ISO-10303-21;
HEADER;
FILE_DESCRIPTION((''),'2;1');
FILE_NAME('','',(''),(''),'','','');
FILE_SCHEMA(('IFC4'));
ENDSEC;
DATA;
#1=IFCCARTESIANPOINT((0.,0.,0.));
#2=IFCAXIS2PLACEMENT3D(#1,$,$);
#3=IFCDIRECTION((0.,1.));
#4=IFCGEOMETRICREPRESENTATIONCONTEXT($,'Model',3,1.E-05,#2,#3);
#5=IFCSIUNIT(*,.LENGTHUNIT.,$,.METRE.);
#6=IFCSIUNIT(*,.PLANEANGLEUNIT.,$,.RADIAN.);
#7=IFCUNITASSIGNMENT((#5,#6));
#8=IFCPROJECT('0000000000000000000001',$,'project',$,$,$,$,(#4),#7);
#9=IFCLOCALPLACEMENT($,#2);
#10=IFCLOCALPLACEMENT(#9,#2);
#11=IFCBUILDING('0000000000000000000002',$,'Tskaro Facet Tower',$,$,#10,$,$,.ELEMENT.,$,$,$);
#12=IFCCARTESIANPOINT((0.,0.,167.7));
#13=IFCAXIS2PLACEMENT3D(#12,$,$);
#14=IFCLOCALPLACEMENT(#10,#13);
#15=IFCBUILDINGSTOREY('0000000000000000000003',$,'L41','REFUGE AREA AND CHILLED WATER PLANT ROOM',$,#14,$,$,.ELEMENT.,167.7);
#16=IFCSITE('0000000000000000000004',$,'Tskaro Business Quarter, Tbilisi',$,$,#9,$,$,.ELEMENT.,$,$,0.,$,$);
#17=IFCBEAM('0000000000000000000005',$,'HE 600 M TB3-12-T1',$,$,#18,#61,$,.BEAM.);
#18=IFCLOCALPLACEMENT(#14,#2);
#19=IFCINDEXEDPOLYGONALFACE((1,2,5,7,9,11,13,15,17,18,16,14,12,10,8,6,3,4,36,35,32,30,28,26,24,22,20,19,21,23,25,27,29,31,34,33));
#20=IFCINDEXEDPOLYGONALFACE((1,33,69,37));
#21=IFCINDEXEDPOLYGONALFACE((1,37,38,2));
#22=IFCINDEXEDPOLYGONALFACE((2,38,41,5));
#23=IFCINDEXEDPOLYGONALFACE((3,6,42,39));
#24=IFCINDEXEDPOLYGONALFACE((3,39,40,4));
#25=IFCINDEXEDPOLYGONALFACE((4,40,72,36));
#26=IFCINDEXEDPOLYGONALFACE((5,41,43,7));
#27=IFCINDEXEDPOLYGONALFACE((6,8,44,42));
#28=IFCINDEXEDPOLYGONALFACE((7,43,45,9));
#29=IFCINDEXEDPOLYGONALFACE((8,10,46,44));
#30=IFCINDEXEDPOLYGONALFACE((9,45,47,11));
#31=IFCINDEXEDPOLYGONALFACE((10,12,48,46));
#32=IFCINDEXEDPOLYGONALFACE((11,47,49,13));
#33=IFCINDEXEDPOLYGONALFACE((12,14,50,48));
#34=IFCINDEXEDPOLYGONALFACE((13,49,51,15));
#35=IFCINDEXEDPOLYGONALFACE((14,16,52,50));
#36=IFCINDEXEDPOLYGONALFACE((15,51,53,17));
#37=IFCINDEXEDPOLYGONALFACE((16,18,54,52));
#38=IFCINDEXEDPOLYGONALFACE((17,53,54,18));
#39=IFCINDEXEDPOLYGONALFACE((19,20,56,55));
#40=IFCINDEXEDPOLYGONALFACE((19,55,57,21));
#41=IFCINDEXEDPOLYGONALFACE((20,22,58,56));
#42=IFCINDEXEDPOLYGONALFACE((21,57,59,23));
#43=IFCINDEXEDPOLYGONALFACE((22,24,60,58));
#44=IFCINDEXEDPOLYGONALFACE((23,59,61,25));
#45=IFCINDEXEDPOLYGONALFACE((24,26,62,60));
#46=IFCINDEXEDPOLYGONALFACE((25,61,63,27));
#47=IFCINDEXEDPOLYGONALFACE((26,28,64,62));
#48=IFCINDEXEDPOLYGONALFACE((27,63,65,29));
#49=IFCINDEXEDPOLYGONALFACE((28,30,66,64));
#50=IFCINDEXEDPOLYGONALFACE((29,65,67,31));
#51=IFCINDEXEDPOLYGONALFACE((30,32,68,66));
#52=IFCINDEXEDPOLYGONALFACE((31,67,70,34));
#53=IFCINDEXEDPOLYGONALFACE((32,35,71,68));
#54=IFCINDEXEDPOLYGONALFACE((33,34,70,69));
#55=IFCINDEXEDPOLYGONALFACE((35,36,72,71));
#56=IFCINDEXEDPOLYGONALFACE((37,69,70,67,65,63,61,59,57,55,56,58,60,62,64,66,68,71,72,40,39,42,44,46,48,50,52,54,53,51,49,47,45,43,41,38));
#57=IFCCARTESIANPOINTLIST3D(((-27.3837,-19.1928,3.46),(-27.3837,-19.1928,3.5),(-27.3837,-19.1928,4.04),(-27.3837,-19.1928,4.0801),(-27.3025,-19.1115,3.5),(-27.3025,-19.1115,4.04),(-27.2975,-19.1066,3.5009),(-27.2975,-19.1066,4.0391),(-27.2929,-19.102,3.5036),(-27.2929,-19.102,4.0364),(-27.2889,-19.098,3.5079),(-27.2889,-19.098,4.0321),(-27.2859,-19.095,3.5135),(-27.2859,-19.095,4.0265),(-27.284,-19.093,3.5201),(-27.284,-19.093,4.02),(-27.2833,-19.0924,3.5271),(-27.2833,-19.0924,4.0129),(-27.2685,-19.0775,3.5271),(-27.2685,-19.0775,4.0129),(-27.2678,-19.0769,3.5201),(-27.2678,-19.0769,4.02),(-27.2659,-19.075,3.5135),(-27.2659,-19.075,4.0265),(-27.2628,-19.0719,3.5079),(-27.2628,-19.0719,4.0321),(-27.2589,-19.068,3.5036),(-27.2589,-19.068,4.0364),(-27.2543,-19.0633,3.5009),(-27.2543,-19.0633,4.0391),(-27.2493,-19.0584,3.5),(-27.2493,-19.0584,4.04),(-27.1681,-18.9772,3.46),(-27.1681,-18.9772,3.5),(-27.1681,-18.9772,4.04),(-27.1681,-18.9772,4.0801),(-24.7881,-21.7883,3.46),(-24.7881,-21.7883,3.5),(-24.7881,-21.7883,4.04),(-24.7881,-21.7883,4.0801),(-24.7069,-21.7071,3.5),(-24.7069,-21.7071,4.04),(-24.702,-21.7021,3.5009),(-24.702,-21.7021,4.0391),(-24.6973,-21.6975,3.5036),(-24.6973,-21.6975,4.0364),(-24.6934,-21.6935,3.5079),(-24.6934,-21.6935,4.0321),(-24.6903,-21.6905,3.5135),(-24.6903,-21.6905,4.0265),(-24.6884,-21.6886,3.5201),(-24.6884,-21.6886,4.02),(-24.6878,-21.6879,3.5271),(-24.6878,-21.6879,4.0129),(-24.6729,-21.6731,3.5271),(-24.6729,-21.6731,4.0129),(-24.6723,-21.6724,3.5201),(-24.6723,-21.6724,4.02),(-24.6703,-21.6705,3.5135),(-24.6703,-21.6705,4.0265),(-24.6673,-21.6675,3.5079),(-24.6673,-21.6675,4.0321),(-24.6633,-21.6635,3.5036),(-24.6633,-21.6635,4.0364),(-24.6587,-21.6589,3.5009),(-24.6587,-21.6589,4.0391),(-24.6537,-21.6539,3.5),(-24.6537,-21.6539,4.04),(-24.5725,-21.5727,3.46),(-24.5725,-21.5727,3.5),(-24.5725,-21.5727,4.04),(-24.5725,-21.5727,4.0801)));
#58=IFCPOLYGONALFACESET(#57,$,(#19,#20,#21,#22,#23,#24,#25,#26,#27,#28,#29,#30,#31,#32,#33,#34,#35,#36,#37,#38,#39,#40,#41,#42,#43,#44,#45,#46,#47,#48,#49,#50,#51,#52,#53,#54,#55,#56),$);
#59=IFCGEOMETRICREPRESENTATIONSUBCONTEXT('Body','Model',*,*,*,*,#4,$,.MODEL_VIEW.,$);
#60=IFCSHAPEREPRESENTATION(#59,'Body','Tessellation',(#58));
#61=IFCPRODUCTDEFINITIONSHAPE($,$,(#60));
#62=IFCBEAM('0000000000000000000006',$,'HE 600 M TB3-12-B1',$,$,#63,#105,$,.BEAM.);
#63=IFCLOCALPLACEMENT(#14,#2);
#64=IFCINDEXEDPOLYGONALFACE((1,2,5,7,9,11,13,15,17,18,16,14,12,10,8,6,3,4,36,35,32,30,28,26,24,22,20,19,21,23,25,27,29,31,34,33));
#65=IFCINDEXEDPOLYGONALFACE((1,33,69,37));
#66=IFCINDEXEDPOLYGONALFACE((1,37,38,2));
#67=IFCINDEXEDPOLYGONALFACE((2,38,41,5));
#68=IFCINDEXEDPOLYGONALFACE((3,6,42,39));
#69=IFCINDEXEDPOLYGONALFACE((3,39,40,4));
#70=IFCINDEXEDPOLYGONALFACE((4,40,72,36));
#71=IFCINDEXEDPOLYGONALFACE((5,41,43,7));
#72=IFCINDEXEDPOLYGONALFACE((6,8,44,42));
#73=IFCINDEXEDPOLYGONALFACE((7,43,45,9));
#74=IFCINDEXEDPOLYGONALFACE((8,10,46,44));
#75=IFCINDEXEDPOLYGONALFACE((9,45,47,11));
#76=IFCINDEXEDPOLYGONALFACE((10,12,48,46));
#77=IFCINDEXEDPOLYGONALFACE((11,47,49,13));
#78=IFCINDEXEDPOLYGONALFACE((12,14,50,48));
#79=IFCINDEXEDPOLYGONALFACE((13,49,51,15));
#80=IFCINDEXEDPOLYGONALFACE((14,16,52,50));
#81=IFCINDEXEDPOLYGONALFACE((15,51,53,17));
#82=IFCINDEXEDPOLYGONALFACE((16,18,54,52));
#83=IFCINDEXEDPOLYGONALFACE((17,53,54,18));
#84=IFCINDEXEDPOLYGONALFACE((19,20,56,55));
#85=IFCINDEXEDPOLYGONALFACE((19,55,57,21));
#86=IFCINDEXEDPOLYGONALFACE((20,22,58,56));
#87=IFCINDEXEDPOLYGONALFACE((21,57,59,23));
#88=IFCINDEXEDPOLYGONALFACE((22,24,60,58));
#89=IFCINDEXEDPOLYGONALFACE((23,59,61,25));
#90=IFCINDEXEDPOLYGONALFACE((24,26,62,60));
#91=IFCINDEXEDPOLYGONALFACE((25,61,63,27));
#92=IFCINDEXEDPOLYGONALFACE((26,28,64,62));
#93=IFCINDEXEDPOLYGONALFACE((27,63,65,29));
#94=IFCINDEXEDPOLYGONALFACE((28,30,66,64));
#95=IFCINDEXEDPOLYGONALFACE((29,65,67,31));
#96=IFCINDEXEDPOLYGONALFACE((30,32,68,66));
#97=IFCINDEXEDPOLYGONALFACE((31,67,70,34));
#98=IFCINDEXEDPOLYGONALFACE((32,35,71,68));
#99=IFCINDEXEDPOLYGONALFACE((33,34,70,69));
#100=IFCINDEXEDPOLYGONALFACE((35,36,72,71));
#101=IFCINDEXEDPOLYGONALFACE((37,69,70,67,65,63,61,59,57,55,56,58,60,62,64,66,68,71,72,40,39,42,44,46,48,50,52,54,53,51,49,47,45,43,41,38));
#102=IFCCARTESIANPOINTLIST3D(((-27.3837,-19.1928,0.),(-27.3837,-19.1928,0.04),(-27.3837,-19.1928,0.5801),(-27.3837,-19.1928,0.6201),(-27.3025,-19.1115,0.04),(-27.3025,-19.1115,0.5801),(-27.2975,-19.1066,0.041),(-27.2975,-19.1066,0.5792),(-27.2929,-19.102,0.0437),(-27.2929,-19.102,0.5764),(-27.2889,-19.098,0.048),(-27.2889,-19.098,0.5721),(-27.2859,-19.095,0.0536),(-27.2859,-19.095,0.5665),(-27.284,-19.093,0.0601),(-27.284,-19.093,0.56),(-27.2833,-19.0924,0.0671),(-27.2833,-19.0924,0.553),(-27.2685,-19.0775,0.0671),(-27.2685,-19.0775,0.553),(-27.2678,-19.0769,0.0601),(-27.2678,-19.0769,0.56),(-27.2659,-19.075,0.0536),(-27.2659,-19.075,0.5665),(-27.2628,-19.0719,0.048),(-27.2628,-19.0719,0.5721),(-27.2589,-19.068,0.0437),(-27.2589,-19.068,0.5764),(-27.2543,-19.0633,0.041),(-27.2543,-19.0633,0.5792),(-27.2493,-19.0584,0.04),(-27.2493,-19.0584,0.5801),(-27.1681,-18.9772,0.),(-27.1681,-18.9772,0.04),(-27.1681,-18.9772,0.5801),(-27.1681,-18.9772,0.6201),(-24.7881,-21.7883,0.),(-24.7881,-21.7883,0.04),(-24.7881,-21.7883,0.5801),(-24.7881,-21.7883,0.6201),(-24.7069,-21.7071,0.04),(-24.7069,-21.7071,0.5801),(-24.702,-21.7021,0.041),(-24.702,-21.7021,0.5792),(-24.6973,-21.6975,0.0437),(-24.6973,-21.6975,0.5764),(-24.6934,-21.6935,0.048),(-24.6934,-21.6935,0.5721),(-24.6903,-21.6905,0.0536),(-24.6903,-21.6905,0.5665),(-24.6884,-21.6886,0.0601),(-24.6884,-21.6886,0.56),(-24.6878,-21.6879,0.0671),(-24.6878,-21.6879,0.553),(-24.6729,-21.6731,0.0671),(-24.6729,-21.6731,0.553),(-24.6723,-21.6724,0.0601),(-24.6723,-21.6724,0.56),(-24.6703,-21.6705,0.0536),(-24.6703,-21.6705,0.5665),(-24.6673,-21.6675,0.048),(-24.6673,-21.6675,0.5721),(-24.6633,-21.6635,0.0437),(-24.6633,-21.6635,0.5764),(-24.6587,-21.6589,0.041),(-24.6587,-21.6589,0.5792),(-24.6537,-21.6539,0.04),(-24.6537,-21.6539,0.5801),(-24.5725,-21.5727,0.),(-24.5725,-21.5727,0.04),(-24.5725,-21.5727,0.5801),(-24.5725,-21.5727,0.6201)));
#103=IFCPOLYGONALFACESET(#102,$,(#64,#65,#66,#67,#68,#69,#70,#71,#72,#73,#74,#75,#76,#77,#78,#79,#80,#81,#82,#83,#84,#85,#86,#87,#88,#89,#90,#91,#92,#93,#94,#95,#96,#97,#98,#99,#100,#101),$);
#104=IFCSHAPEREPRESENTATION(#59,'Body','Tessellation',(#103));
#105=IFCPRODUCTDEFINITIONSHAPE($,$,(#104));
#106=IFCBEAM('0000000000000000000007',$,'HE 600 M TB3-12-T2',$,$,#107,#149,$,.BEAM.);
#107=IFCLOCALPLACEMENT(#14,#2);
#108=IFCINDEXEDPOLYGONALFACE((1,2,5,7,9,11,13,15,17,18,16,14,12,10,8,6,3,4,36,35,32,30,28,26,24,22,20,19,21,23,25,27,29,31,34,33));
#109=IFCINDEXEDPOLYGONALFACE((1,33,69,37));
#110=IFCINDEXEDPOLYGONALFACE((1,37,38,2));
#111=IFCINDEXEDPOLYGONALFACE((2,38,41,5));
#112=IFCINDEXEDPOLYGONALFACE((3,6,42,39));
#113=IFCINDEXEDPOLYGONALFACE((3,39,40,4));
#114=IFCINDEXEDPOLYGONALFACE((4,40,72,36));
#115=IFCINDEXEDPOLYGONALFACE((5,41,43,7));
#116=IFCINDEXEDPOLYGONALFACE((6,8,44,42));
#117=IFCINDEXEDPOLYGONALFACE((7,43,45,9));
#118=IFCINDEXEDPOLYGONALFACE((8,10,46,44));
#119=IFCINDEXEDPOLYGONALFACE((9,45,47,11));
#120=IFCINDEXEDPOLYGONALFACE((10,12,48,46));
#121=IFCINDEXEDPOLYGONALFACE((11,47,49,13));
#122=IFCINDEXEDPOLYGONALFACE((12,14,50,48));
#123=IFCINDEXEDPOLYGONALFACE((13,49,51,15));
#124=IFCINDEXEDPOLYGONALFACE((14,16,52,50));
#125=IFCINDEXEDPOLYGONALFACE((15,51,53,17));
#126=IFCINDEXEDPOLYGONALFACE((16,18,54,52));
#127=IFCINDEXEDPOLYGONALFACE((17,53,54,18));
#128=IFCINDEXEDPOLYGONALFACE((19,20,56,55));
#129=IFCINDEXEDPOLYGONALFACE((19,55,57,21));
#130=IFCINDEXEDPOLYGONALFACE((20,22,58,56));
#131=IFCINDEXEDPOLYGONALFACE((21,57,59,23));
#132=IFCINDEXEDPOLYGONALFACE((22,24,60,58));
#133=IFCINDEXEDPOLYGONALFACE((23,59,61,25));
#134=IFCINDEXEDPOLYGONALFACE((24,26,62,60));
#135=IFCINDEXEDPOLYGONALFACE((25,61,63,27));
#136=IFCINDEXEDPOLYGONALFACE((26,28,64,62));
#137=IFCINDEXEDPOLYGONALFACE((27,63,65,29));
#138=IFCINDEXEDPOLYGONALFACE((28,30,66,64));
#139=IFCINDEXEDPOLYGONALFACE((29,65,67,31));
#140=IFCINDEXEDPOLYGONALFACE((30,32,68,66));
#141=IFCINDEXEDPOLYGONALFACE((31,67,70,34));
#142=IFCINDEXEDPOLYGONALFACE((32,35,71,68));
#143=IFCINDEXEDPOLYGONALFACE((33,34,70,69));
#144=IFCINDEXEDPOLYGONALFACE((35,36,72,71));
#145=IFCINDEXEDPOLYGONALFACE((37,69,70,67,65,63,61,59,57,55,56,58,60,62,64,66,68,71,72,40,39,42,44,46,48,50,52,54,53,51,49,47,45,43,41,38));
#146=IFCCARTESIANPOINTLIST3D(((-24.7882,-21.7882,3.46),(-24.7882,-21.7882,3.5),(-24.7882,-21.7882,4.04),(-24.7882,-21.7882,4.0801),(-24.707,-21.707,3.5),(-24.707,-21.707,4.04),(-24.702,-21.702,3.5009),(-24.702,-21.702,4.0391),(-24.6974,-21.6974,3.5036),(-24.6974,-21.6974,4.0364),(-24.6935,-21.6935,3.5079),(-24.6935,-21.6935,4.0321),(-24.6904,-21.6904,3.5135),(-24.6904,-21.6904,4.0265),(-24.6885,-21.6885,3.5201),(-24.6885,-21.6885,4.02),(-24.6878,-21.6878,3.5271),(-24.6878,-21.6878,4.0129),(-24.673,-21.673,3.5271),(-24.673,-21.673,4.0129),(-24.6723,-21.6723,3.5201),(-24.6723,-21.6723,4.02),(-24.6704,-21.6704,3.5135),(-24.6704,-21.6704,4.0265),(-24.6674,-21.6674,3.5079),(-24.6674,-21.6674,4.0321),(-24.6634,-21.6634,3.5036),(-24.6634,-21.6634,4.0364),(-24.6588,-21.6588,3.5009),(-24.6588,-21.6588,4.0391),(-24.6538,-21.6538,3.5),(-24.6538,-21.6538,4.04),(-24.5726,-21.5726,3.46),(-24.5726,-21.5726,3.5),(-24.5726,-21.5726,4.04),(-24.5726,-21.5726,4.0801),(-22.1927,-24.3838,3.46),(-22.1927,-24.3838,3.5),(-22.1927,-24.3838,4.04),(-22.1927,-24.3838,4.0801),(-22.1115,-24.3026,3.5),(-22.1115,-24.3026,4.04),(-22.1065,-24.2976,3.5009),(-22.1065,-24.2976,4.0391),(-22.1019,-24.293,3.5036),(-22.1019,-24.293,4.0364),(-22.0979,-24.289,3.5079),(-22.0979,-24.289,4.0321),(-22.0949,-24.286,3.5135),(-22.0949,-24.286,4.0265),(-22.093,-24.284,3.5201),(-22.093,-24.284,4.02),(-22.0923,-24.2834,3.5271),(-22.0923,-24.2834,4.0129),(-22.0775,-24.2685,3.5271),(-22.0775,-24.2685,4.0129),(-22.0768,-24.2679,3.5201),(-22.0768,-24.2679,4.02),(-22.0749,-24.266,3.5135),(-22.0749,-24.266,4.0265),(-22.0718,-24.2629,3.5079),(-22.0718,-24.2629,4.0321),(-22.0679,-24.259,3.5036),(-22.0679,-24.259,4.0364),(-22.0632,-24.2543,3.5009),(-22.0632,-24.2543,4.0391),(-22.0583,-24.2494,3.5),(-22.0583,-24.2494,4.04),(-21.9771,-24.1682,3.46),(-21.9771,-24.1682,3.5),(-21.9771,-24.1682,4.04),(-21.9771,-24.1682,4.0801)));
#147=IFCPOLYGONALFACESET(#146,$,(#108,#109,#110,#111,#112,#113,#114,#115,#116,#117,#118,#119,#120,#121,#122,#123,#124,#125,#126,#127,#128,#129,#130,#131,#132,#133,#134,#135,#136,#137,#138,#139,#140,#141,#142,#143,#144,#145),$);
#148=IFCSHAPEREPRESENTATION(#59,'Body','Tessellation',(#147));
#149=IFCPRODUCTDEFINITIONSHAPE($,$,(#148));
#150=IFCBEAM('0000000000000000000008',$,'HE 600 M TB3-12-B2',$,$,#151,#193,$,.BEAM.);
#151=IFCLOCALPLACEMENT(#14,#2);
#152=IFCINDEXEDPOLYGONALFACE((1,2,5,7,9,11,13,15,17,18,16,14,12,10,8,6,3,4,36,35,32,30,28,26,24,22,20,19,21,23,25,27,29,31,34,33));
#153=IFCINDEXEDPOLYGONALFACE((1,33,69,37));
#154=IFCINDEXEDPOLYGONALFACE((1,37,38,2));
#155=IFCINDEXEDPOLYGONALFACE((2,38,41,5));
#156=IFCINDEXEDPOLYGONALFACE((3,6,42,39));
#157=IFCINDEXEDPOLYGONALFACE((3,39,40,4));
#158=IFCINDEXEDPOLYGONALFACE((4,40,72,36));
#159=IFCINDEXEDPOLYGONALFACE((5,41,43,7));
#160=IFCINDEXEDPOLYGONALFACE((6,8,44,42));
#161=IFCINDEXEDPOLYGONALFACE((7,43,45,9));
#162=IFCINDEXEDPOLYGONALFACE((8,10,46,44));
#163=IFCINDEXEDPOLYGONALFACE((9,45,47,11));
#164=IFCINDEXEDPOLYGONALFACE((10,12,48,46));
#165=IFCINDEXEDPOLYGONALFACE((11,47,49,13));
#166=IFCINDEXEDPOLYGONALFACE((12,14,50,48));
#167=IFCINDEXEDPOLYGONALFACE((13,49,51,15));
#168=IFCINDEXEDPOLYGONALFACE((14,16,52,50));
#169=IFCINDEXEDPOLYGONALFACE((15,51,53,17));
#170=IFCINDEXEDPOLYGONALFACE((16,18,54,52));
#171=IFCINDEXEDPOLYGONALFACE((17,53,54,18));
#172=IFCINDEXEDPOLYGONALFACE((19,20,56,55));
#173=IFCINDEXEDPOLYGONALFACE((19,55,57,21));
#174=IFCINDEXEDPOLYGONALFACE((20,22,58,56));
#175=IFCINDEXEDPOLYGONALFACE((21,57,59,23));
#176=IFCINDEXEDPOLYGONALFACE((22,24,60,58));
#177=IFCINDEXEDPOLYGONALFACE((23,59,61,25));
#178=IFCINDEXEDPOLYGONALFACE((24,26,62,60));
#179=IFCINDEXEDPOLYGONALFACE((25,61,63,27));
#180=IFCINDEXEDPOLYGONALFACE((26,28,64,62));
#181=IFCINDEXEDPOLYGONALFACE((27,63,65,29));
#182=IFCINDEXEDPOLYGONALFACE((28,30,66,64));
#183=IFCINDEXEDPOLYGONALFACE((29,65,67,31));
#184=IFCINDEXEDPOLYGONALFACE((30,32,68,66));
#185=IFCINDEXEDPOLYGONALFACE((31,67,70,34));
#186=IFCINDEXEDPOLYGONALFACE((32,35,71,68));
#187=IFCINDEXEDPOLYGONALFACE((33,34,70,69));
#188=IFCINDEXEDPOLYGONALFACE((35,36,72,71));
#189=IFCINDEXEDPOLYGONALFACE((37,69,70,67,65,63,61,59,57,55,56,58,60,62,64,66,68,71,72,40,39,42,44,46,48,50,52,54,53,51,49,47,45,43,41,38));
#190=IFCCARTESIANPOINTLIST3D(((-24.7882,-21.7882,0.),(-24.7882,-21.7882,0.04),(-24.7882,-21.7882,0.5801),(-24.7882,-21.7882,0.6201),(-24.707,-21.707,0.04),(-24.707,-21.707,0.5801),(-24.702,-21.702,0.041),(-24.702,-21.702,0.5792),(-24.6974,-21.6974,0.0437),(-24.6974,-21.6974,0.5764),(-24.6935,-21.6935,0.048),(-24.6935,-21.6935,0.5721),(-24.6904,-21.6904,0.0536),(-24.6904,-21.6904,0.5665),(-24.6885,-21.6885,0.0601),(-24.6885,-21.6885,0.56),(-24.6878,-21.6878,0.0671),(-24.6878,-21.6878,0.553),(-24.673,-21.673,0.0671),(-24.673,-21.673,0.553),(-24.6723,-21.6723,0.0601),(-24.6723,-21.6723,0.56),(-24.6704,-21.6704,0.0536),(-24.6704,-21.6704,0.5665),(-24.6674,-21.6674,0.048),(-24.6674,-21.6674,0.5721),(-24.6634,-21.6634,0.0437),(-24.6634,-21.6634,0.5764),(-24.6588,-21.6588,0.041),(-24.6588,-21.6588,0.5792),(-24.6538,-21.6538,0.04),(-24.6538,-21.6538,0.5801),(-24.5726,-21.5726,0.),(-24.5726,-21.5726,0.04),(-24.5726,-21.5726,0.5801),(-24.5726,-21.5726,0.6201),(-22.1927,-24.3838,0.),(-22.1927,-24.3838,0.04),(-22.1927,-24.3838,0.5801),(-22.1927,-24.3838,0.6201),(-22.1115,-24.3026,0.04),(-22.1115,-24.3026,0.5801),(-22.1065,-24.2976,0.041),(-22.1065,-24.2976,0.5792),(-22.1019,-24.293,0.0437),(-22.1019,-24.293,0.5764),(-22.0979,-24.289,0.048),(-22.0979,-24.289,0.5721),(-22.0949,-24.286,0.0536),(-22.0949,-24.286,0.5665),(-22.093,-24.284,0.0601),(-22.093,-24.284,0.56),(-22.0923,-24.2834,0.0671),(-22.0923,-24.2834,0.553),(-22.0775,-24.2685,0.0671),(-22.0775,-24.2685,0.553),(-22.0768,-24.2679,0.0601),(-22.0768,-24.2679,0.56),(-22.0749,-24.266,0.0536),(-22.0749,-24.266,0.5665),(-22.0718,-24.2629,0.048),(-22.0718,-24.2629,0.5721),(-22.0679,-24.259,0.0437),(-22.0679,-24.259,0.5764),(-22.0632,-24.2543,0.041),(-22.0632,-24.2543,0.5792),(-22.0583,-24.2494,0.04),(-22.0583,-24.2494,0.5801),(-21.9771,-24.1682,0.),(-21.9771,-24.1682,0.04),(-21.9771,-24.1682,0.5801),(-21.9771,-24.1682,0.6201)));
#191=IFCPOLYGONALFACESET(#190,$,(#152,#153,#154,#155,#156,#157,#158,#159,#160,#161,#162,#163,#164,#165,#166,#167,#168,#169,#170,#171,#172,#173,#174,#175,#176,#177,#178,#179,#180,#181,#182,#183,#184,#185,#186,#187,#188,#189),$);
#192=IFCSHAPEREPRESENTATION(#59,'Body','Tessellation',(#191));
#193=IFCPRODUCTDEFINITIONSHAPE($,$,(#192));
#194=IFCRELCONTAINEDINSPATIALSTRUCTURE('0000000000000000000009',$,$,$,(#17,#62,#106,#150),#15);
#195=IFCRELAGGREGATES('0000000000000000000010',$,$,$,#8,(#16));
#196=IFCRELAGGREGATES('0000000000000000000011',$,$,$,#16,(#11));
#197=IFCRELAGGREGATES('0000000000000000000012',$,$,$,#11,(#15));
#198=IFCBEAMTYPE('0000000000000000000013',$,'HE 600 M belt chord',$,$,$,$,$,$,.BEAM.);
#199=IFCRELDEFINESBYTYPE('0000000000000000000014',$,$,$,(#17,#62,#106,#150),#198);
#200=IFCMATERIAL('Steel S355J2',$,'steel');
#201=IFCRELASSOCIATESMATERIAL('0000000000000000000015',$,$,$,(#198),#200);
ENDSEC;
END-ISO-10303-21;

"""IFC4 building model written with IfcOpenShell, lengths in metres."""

from ifc_helpers import new_model, si_unit, direction, frame, origin, origin_2d, place, context, subcontext, project, spatial, i_section, extrude, material, material_profile, profile_set, type_object, element, save


model = new_model("IFC4")

# Units and contexts
model_context = context("Model", 3, precision=1e-05, world=origin(), true_north=direction((0.0, 1.0)))
body_context = subcontext(model_context, "Body", "Model", "MODEL_VIEW")
ifc_project = project(units=[si_unit("LENGTHUNIT", "METRE"), si_unit("PLANEANGLEUNIT", "RADIAN")], contexts=[model_context])

# Site, building, storey
site_placement = place(None, origin())
site = spatial("IfcSite", under=ifc_project, at=site_placement, Name="Tskaro Business Quarter, Tbilisi", CompositionType="ELEMENT", RefElevation=0.0)
building_placement = place(site_placement, origin())
building = spatial("IfcBuilding", under=site, at=building_placement, Name="Tskaro Facet Tower", CompositionType="ELEMENT")
storey_placement = place(building_placement, frame((0.0, 0.0, 167.7)))
storey = spatial("IfcBuildingStorey", under=building, at=storey_placement, Name="L41", Description="REFUGE AREA AND CHILLED WATER PLANT ROOM", CompositionType="ELEMENT", Elevation=167.7)

# Shared definitions
ifc_material_1 = material(Name="Steel S355J2", Category="steel")

# Beams
ifc_material_profile_1 = material_profile(ifc_material_1, i_section(OverallWidth=0.3049, OverallDepth=0.6201, WebThickness=0.021, FlangeThickness=0.04, FilletRadius=0.0271, at=origin_2d()), Name="HE 600 M")
ifc_profile_set_1 = profile_set([ifc_material_profile_1], Name="Steel S355J2")
beam_type_1 = type_object("IfcBeamType", Name="HE 600 M belt chord", PredefinedType="BEAM", material=ifc_profile_set_1)
for number, where, z_axis, x_axis, name in (
    (1, (-27.2759, -19.085, 3.77), (0.707107, -0.707107, 0.0), (0.707107, 0.707107, 0.0), "HE 600 M TB3-12-T1"),
    (2, (-27.2759, -19.085, 0.3101), (0.707107, -0.707107, 0.0), (0.707107, 0.707107, 0.0), "HE 600 M TB3-12-B1"),
    (3, (-24.6804, -21.6804, 3.77), (0.707107, -0.707107, 0.0), (0.707107, 0.707107, 0.0), "HE 600 M TB3-12-T2"),
    (4, (-24.6804, -21.6804, 0.3101), (0.707107, -0.707107, 0.0), (0.707107, 0.707107, 0.0), "HE 600 M TB3-12-B2"),
):
    element("IfcBeam", number, at=place(storey_placement, frame(where, z_axis=z_axis, x_axis=x_axis)), inside=storey, type_object=beam_type_1, Name=name, PredefinedType="BEAM", context=body_context, shape_type="SweptSolid", body=[
        extrude(i_section(OverallWidth=0.3049, OverallDepth=0.6201, WebThickness=0.021, FlangeThickness=0.04, FilletRadius=0.0271, at=origin_2d()), origin(), (0.0, 0.0, 1.0), 3.6707),
    ])

save(model, "model.ifc")
